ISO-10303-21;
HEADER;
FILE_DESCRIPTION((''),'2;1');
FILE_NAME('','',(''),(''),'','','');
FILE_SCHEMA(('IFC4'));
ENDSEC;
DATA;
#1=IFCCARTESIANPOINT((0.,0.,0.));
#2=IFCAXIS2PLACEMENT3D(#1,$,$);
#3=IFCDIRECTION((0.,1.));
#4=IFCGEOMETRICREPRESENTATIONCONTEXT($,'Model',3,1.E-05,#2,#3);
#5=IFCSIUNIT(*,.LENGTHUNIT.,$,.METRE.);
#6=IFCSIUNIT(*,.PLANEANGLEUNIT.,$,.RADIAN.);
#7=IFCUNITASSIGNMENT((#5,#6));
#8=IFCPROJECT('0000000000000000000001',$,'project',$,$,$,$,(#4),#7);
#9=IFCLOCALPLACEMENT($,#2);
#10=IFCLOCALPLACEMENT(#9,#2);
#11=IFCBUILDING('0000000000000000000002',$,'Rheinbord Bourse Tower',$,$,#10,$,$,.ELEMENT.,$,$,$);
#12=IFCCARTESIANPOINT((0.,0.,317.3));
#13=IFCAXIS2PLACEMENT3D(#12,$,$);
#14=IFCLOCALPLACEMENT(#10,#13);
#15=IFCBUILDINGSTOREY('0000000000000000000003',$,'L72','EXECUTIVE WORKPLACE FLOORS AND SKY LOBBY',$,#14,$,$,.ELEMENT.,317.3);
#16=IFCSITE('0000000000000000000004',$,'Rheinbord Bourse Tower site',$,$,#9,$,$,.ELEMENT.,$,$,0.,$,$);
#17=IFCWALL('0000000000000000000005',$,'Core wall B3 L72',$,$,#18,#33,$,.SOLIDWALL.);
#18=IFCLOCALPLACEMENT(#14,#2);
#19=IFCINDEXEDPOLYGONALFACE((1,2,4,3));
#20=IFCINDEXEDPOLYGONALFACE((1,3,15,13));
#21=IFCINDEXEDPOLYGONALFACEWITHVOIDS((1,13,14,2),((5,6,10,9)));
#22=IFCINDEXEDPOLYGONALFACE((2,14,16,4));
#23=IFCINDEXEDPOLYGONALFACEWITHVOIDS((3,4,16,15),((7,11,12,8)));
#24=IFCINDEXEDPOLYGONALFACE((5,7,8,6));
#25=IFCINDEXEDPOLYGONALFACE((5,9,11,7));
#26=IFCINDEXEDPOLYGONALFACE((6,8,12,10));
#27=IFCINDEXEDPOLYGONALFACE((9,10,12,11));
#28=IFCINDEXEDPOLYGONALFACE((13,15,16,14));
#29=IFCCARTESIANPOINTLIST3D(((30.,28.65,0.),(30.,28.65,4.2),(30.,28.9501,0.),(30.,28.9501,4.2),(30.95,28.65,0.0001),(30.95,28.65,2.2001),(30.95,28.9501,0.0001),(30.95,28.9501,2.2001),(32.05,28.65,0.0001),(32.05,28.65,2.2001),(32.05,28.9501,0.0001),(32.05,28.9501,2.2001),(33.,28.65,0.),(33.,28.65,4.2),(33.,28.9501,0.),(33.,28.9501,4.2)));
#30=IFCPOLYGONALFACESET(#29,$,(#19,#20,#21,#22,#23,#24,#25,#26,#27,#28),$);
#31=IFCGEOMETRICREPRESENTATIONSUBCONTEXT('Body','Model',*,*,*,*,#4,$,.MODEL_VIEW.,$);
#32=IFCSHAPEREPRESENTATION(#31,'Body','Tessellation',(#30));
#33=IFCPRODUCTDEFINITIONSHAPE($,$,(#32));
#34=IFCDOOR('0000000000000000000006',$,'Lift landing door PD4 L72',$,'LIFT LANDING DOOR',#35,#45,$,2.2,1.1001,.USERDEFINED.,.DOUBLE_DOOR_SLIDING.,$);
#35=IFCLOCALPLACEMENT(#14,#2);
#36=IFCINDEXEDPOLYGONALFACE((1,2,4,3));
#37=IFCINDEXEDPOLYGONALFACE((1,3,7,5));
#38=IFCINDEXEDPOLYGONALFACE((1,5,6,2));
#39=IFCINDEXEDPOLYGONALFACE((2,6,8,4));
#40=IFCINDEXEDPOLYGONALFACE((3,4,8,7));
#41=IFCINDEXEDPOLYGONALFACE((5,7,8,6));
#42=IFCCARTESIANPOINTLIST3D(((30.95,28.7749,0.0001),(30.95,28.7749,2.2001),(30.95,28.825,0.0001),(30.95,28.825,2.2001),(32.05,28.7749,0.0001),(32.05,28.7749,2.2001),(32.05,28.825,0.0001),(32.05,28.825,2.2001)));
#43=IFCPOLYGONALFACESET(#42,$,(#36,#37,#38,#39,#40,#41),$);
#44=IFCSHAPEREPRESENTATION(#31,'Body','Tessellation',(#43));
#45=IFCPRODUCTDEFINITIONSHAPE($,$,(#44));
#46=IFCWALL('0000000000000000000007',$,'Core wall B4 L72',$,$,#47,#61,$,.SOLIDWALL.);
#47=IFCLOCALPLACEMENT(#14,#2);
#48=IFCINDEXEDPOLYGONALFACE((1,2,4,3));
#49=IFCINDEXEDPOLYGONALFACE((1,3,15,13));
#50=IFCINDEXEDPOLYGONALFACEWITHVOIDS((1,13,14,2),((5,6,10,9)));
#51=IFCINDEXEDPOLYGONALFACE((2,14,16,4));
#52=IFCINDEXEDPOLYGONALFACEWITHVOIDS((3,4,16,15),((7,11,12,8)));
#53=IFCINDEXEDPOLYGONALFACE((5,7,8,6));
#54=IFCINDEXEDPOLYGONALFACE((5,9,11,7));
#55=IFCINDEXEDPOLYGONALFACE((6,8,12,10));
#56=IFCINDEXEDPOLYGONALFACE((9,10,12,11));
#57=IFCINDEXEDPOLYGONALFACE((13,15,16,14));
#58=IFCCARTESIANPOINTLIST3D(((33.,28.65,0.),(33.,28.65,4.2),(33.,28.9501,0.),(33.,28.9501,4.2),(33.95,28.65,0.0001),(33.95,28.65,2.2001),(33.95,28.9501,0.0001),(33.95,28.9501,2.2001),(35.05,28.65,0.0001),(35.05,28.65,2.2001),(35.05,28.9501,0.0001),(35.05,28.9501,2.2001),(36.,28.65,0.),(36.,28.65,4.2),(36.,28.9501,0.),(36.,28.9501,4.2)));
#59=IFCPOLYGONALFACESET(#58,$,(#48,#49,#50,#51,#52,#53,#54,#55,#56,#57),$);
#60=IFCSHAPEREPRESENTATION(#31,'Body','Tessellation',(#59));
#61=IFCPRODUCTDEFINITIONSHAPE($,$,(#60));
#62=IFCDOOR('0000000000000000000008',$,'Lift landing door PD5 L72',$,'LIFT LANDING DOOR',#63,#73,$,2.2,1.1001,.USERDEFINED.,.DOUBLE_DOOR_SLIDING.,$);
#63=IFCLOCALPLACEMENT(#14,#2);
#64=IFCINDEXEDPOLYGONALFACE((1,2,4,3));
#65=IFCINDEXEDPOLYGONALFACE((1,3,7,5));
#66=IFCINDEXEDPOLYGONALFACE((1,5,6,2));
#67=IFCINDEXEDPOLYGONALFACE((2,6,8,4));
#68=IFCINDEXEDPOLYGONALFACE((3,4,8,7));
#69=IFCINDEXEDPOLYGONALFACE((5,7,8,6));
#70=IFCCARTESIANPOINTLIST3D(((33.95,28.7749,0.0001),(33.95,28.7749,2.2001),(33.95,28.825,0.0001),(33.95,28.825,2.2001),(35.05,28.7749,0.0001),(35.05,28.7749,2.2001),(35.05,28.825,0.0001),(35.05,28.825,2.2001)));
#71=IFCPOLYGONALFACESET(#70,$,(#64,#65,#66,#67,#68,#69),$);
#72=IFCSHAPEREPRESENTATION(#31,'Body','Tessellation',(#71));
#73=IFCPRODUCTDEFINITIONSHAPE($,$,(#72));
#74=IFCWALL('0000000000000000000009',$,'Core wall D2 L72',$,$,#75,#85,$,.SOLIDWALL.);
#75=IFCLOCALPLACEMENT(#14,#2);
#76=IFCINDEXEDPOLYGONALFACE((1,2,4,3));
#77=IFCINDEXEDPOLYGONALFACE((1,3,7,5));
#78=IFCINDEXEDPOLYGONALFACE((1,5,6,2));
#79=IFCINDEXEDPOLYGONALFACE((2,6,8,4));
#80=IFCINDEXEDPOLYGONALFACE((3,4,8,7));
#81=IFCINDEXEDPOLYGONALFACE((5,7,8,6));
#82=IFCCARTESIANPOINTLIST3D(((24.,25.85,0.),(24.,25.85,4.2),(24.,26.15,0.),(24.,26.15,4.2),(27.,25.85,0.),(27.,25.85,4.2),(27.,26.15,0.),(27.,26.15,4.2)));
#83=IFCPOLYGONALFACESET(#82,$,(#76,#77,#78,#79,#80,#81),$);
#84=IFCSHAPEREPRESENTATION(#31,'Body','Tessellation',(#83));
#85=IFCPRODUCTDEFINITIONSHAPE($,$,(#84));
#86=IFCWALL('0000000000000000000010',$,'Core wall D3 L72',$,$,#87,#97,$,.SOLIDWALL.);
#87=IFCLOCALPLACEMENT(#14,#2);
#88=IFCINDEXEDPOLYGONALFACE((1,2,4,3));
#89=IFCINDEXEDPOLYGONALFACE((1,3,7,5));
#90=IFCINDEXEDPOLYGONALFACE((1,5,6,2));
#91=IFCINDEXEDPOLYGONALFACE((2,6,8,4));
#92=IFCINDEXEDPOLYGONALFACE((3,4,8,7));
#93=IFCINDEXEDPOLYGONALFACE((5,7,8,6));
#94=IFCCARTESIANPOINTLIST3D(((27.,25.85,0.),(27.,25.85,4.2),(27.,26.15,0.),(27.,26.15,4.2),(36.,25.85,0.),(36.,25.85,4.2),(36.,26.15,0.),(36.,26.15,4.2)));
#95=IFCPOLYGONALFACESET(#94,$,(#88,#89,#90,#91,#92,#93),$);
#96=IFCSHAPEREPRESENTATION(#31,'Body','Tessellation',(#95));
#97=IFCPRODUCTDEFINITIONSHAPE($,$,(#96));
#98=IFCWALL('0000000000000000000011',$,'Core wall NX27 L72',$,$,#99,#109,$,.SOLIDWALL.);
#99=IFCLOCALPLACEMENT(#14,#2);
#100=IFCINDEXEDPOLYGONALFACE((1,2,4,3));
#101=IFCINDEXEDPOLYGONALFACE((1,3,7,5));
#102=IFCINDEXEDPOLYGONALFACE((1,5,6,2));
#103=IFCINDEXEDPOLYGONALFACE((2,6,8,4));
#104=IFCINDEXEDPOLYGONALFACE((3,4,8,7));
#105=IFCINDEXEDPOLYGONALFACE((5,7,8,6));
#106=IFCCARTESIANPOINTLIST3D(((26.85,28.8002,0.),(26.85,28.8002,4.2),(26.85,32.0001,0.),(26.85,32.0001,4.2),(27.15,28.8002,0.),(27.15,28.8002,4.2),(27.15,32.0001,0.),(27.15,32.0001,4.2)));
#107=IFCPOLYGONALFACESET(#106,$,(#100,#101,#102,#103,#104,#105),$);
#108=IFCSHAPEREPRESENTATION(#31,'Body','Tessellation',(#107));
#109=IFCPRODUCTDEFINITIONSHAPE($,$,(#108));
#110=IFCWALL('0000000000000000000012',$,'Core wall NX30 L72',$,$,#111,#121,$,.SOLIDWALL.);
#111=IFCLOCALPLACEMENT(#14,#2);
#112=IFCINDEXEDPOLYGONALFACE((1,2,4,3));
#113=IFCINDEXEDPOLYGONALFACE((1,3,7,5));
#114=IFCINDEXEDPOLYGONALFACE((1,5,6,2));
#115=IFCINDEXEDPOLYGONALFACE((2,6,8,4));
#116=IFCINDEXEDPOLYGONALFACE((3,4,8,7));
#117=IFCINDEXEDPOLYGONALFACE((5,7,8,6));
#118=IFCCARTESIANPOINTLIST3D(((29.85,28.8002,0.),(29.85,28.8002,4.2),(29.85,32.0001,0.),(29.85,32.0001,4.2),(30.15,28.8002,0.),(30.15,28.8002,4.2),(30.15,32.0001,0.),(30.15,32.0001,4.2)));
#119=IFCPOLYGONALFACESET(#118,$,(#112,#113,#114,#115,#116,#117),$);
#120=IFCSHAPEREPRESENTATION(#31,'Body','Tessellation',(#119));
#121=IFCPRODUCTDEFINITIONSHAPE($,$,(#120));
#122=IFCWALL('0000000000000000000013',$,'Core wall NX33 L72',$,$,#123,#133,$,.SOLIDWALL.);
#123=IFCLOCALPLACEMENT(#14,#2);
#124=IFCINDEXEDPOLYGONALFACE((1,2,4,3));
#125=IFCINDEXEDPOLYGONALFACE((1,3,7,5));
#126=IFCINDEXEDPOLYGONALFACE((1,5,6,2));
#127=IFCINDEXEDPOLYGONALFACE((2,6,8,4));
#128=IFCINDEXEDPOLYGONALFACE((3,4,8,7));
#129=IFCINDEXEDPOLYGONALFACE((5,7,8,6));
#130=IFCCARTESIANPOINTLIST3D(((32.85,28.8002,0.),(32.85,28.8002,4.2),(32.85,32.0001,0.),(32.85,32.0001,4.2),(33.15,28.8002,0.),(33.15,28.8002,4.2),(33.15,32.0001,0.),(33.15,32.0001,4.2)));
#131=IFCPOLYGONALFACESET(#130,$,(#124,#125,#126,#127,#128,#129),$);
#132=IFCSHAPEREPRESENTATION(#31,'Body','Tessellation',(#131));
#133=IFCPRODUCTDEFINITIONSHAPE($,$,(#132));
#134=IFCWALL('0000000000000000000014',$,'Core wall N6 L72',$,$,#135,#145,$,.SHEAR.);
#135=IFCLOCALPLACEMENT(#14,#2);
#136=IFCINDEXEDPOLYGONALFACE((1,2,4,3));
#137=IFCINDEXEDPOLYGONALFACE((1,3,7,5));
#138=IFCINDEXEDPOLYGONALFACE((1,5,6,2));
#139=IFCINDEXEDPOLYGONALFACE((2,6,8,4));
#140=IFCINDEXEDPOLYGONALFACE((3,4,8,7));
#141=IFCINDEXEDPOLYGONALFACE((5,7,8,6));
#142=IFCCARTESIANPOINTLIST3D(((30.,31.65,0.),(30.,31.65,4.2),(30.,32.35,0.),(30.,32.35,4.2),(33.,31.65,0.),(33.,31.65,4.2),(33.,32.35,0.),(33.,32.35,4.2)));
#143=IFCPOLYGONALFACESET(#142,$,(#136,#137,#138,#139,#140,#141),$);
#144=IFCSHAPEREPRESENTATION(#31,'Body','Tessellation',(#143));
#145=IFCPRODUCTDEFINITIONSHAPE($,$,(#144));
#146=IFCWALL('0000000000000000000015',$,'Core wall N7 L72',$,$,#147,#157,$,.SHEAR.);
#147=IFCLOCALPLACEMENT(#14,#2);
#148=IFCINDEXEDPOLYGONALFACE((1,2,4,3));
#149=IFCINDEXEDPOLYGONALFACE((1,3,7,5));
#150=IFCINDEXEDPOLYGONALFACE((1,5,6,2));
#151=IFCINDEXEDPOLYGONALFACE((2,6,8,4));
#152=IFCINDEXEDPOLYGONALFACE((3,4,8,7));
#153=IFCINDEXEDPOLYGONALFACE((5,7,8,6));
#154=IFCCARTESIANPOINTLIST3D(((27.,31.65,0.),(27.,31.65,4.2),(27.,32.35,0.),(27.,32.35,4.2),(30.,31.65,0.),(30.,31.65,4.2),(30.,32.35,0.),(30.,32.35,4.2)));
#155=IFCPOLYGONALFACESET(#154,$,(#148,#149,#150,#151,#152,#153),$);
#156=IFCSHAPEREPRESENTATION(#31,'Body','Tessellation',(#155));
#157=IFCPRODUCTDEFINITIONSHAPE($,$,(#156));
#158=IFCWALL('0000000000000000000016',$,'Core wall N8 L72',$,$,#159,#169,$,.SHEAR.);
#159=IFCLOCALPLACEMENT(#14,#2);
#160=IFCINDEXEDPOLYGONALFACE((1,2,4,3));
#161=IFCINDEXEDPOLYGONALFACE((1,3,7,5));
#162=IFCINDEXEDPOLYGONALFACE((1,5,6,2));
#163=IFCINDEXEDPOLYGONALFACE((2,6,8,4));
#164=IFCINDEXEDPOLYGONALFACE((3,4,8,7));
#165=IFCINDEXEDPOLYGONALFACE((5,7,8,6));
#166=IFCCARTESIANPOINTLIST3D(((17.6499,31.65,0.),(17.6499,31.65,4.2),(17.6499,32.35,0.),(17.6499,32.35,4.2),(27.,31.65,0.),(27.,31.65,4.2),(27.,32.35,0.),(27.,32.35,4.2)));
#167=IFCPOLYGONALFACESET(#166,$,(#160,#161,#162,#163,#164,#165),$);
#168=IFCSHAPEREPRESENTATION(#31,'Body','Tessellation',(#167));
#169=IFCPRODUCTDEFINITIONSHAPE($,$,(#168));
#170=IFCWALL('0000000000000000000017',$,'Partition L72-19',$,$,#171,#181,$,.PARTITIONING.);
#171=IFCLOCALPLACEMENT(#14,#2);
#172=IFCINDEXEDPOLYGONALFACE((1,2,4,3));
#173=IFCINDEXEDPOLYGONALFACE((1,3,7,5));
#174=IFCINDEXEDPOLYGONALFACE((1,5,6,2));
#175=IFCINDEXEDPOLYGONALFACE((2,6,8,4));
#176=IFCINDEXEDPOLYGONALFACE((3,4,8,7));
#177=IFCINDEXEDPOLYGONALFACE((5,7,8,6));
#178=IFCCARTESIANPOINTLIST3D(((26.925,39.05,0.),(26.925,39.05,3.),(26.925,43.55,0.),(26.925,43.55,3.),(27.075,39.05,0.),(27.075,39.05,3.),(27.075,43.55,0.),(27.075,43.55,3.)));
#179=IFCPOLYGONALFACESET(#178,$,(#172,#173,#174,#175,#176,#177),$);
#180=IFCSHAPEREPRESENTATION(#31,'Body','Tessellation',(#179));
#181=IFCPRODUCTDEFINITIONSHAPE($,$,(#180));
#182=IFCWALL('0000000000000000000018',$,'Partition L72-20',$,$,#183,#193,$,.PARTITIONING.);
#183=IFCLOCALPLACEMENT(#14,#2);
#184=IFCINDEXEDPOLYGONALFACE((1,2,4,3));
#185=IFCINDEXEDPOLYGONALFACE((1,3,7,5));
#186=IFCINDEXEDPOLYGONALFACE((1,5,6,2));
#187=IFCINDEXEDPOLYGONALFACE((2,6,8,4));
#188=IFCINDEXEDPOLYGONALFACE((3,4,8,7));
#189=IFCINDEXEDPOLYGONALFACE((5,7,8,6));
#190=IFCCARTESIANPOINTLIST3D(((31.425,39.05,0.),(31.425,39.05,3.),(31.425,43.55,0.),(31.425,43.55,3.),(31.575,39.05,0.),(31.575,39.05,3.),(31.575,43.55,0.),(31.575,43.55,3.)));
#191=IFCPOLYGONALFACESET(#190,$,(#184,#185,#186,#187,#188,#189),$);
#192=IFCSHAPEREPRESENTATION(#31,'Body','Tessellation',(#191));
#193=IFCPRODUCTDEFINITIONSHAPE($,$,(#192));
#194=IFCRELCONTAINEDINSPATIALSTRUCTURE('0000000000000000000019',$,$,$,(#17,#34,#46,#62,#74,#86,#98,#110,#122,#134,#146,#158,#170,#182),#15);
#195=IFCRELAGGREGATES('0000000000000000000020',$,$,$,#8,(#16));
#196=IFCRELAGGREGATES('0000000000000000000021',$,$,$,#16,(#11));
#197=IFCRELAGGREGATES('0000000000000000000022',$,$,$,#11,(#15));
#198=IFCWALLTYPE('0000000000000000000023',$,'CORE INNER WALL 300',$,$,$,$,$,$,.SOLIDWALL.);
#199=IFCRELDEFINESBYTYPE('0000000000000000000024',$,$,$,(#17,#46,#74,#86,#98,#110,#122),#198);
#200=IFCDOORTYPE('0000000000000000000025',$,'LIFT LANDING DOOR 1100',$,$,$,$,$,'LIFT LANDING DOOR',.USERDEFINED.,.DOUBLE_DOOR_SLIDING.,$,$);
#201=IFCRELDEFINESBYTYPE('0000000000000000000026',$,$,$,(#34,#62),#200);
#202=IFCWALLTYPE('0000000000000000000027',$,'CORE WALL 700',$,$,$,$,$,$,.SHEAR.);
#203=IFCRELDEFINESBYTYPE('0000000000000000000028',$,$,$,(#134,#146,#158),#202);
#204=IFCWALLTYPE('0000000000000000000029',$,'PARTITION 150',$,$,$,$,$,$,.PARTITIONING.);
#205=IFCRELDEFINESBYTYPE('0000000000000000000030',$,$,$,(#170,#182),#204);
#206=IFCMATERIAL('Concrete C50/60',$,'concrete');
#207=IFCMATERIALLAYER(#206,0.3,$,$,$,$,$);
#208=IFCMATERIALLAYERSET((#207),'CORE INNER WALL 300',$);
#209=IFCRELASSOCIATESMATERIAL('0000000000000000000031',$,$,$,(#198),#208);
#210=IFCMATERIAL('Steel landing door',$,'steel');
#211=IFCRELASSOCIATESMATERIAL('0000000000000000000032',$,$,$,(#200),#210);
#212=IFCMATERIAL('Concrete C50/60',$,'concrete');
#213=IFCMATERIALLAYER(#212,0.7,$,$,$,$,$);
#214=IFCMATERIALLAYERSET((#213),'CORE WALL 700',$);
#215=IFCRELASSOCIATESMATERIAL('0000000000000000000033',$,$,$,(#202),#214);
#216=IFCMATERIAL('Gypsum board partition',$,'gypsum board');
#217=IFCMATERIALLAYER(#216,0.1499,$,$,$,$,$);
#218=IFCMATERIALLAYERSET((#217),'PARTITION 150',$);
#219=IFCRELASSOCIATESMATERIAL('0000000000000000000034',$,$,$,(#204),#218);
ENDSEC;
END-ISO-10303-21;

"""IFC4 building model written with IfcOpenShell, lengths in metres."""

from ifc_helpers import new_model, si_unit, direction, frame, frame_2d, origin, place, context, subcontext, project, spatial, rectangle, extrude, material, layer, layer_set, type_object, element, fill, save


model = new_model("IFC4")

# Units and contexts
model_context = context("Model", 3, precision=1e-05, world=origin(), true_north=direction((0.0, 1.0)))
body_context = subcontext(model_context, "Body", "Model", "MODEL_VIEW")
ifc_project = project(units=[si_unit("LENGTHUNIT", "METRE"), si_unit("PLANEANGLEUNIT", "RADIAN")], contexts=[model_context])

# Site, building, storey
site_placement = place(None, origin())
site = spatial("IfcSite", under=ifc_project, at=site_placement, Name="Rheinbord Bourse Tower site", CompositionType="ELEMENT", RefElevation=0.0)
building_placement = place(site_placement, origin())
building = spatial("IfcBuilding", under=site, at=building_placement, Name="Rheinbord Bourse Tower", CompositionType="ELEMENT")
storey_placement = place(building_placement, frame((0.0, 0.0, 317.3)))
storey = spatial("IfcBuildingStorey", under=building, at=storey_placement, Name="L72", Description="EXECUTIVE WORKPLACE FLOORS AND SKY LOBBY", CompositionType="ELEMENT", Elevation=317.3)

# Walls, openings, doors
ifc_material_1 = material(Name="Concrete C50/60", Category="concrete")
ifc_layer_1 = layer(ifc_material_1, 0.3)
ifc_layer_set_1 = layer_set([ifc_layer_1], Name="CORE INNER WALL 300")
wall_type_1 = type_object("IfcWallType", Name="CORE INNER WALL 300", PredefinedType="SOLIDWALL", material=ifc_layer_set_1)
ifc_material_2 = material(Name="Steel landing door", Category="steel")
door_type = type_object("IfcDoorType", Name="LIFT LANDING DOOR 1100", ElementType="LIFT LANDING DOOR", OperationType="DOUBLE_DOOR_SLIDING", PredefinedType="USERDEFINED", material=ifc_material_2)
wall_1_placement = place(storey_placement, frame((30.0, 28.8, 0.0), z_axis=(0.0, 0.0, 1.0), x_axis=(1.0, 0.0, 0.0)))
wall_1 = element("IfcWall", 1, at=wall_1_placement, inside=storey, type_object=wall_type_1, Name="Core wall B3 L72", PredefinedType="SOLIDWALL", context=body_context, shape_type="SweptSolid", body=[
    extrude(rectangle(XDim=3.0, YDim=0.3, at=frame_2d((1.5, 0.0))), origin(), (0.0, 0.0, 1.0), 4.2),
])
opening_1_placement = place(wall_1_placement, frame((0.95, 0.0, 0.0)))
opening_1 = element("IfcOpeningElement", 2, at=opening_1_placement, cuts=wall_1, PredefinedType="OPENING", context=body_context, shape_type="SweptSolid", body=[
    extrude(rectangle(XDim=1.1001, YDim=2.2, at=frame_2d((0.55, 1.1001))), frame((0.0, 0.1599, 0.0), z_axis=(0.0, -1.0, 0.0), x_axis=(1.0, 0.0, 0.0)), (0.0, 0.0, 1.0), 0.3201),
])
door_1_placement = place(opening_1_placement, origin())
door_1 = element("IfcDoor", 3, at=door_1_placement, inside=storey, type_object=door_type, Name="Lift landing door PD4 L72", ObjectType="LIFT LANDING DOOR", OperationType="DOUBLE_DOOR_SLIDING", OverallHeight=2.2, OverallWidth=1.1001, PredefinedType="USERDEFINED", context=body_context, shape_type="SweptSolid", body=[
    extrude(rectangle(XDim=1.1001, YDim=2.2, at=frame_2d((0.55, 1.1001))), frame((0.0, 0.0249, 0.0), z_axis=(0.0, -1.0, 0.0), x_axis=(1.0, 0.0, 0.0)), (0.0, 0.0, 1.0), 0.05),
])
fill(opening_1, door_1)
wall_2_placement = place(storey_placement, frame((33.0, 28.8, 0.0), z_axis=(0.0, 0.0, 1.0), x_axis=(1.0, 0.0, 0.0)))
wall_2 = element("IfcWall", 4, at=wall_2_placement, inside=storey, type_object=wall_type_1, Name="Core wall B4 L72", PredefinedType="SOLIDWALL", context=body_context, shape_type="SweptSolid", body=[
    extrude(rectangle(XDim=3.0, YDim=0.3, at=frame_2d((1.5, 0.0))), origin(), (0.0, 0.0, 1.0), 4.2),
])
opening_2_placement = place(wall_2_placement, frame((0.95, 0.0, 0.0)))
opening_2 = element("IfcOpeningElement", 5, at=opening_2_placement, cuts=wall_2, PredefinedType="OPENING", context=body_context, shape_type="SweptSolid", body=[
    extrude(rectangle(XDim=1.1001, YDim=2.2, at=frame_2d((0.55, 1.1001))), frame((0.0, 0.1599, 0.0), z_axis=(0.0, -1.0, 0.0), x_axis=(1.0, 0.0, 0.0)), (0.0, 0.0, 1.0), 0.3201),
])
door_2_placement = place(opening_2_placement, origin())
door_2 = element("IfcDoor", 6, at=door_2_placement, inside=storey, type_object=door_type, Name="Lift landing door PD5 L72", ObjectType="LIFT LANDING DOOR", OperationType="DOUBLE_DOOR_SLIDING", OverallHeight=2.2, OverallWidth=1.1001, PredefinedType="USERDEFINED", context=body_context, shape_type="SweptSolid", body=[
    extrude(rectangle(XDim=1.1001, YDim=2.2, at=frame_2d((0.55, 1.1001))), frame((0.0, 0.0249, 0.0), z_axis=(0.0, -1.0, 0.0), x_axis=(1.0, 0.0, 0.0)), (0.0, 0.0, 1.0), 0.05),
])
fill(opening_2, door_2)

# Walls
wall_3_placement = place(storey_placement, frame((24.0, 26.0, 0.0), z_axis=(0.0, 0.0, 1.0), x_axis=(1.0, 0.0, 0.0)))
element("IfcWall", 7, at=wall_3_placement, inside=storey, type_object=wall_type_1, Name="Core wall D2 L72", PredefinedType="SOLIDWALL", context=body_context, shape_type="SweptSolid", body=[
    extrude(rectangle(XDim=3.0, YDim=0.3, at=frame_2d((1.5, 0.0))), origin(), (0.0, 0.0, 1.0), 4.2),
])
wall_4_placement = place(storey_placement, frame((27.0, 26.0, 0.0), z_axis=(0.0, 0.0, 1.0), x_axis=(1.0, 0.0, 0.0)))
element("IfcWall", 8, at=wall_4_placement, inside=storey, type_object=wall_type_1, Name="Core wall D3 L72", PredefinedType="SOLIDWALL", context=body_context, shape_type="SweptSolid", body=[
    extrude(rectangle(XDim=9.0, YDim=0.3, at=frame_2d((4.5, 0.0))), origin(), (0.0, 0.0, 1.0), 4.2),
])
for number, where, z_axis, x_axis, name in (
    (9, (27.0, 28.8, 0.0), (0.0, 0.0, 1.0), (0.0, 1.0, 0.0), "Core wall NX27 L72"),
    (10, (30.0, 28.8, 0.0), (0.0, 0.0, 1.0), (0.0, 1.0, 0.0), "Core wall NX30 L72"),
    (11, (33.0, 28.8, 0.0), (0.0, 0.0, 1.0), (0.0, 1.0, 0.0), "Core wall NX33 L72"),
):
    element("IfcWall", number, at=place(storey_placement, frame(where, z_axis=z_axis, x_axis=x_axis)), inside=storey, type_object=wall_type_1, Name=name, PredefinedType="SOLIDWALL", context=body_context, shape_type="SweptSolid", body=[
        extrude(rectangle(XDim=3.2, YDim=0.3, at=frame_2d((1.6001, 0.0))), origin(), (0.0, 0.0, 1.0), 4.2),
    ])
ifc_material_3 = material(Name="Concrete C50/60", Category="concrete")
ifc_layer_2 = layer(ifc_material_3, 0.7)
ifc_layer_set_2 = layer_set([ifc_layer_2], Name="CORE WALL 700")
wall_type_2 = type_object("IfcWallType", Name="CORE WALL 700", PredefinedType="SHEAR", material=ifc_layer_set_2)
for number, where, z_axis, x_axis, name in (
    (12, (33.0, 32.0, 0.0), (0.0, 0.0, 1.0), (-1.0, 0.0, 0.0), "Core wall N6 L72"),
    (13, (30.0, 32.0, 0.0), (0.0, 0.0, 1.0), (-1.0, 0.0, 0.0), "Core wall N7 L72"),
):
    element("IfcWall", number, at=place(storey_placement, frame(where, z_axis=z_axis, x_axis=x_axis)), inside=storey, type_object=wall_type_2, Name=name, PredefinedType="SHEAR", context=body_context, shape_type="SweptSolid", body=[
        extrude(rectangle(XDim=3.0, YDim=0.7, at=frame_2d((1.5, 0.0))), origin(), (0.0, 0.0, 1.0), 4.2),
    ])
wall_5_placement = place(storey_placement, frame((27.0, 32.0, 0.0), z_axis=(0.0, 0.0, 1.0), x_axis=(-1.0, 0.0, 0.0)))
element("IfcWall", 14, at=wall_5_placement, inside=storey, type_object=wall_type_2, Name="Core wall N8 L72", PredefinedType="SHEAR", context=body_context, shape_type="SweptSolid", body=[
    extrude(rectangle(XDim=9.3501, YDim=0.7, at=frame_2d((4.675, 0.0))), origin(), (0.0, 0.0, 1.0), 4.2),
])
ifc_material_4 = material(Name="Gypsum board partition", Category="gypsum board")
ifc_layer_3 = layer(ifc_material_4, 0.1499)
ifc_layer_set_3 = layer_set([ifc_layer_3], Name="PARTITION 150")
wall_type_3 = type_object("IfcWallType", Name="PARTITION 150", PredefinedType="PARTITIONING", material=ifc_layer_set_3)
for number, where, z_axis, x_axis, name in (
    (15, (27.0, 39.05, 0.0), (0.0, 0.0, 1.0), (0.0, 1.0, 0.0), "Partition L72-19"),
    (16, (31.5, 39.05, 0.0), (0.0, 0.0, 1.0), (0.0, 1.0, 0.0), "Partition L72-20"),
):
    element("IfcWall", number, at=place(storey_placement, frame(where, z_axis=z_axis, x_axis=x_axis)), inside=storey, type_object=wall_type_3, Name=name, PredefinedType="PARTITIONING", context=body_context, shape_type="SweptSolid", body=[
        extrude(rectangle(XDim=4.5, YDim=0.1499, at=frame_2d((2.25, 0.0))), origin(), (0.0, 0.0, 1.0), 3.0),
    ])

save(model, "model.ifc")
